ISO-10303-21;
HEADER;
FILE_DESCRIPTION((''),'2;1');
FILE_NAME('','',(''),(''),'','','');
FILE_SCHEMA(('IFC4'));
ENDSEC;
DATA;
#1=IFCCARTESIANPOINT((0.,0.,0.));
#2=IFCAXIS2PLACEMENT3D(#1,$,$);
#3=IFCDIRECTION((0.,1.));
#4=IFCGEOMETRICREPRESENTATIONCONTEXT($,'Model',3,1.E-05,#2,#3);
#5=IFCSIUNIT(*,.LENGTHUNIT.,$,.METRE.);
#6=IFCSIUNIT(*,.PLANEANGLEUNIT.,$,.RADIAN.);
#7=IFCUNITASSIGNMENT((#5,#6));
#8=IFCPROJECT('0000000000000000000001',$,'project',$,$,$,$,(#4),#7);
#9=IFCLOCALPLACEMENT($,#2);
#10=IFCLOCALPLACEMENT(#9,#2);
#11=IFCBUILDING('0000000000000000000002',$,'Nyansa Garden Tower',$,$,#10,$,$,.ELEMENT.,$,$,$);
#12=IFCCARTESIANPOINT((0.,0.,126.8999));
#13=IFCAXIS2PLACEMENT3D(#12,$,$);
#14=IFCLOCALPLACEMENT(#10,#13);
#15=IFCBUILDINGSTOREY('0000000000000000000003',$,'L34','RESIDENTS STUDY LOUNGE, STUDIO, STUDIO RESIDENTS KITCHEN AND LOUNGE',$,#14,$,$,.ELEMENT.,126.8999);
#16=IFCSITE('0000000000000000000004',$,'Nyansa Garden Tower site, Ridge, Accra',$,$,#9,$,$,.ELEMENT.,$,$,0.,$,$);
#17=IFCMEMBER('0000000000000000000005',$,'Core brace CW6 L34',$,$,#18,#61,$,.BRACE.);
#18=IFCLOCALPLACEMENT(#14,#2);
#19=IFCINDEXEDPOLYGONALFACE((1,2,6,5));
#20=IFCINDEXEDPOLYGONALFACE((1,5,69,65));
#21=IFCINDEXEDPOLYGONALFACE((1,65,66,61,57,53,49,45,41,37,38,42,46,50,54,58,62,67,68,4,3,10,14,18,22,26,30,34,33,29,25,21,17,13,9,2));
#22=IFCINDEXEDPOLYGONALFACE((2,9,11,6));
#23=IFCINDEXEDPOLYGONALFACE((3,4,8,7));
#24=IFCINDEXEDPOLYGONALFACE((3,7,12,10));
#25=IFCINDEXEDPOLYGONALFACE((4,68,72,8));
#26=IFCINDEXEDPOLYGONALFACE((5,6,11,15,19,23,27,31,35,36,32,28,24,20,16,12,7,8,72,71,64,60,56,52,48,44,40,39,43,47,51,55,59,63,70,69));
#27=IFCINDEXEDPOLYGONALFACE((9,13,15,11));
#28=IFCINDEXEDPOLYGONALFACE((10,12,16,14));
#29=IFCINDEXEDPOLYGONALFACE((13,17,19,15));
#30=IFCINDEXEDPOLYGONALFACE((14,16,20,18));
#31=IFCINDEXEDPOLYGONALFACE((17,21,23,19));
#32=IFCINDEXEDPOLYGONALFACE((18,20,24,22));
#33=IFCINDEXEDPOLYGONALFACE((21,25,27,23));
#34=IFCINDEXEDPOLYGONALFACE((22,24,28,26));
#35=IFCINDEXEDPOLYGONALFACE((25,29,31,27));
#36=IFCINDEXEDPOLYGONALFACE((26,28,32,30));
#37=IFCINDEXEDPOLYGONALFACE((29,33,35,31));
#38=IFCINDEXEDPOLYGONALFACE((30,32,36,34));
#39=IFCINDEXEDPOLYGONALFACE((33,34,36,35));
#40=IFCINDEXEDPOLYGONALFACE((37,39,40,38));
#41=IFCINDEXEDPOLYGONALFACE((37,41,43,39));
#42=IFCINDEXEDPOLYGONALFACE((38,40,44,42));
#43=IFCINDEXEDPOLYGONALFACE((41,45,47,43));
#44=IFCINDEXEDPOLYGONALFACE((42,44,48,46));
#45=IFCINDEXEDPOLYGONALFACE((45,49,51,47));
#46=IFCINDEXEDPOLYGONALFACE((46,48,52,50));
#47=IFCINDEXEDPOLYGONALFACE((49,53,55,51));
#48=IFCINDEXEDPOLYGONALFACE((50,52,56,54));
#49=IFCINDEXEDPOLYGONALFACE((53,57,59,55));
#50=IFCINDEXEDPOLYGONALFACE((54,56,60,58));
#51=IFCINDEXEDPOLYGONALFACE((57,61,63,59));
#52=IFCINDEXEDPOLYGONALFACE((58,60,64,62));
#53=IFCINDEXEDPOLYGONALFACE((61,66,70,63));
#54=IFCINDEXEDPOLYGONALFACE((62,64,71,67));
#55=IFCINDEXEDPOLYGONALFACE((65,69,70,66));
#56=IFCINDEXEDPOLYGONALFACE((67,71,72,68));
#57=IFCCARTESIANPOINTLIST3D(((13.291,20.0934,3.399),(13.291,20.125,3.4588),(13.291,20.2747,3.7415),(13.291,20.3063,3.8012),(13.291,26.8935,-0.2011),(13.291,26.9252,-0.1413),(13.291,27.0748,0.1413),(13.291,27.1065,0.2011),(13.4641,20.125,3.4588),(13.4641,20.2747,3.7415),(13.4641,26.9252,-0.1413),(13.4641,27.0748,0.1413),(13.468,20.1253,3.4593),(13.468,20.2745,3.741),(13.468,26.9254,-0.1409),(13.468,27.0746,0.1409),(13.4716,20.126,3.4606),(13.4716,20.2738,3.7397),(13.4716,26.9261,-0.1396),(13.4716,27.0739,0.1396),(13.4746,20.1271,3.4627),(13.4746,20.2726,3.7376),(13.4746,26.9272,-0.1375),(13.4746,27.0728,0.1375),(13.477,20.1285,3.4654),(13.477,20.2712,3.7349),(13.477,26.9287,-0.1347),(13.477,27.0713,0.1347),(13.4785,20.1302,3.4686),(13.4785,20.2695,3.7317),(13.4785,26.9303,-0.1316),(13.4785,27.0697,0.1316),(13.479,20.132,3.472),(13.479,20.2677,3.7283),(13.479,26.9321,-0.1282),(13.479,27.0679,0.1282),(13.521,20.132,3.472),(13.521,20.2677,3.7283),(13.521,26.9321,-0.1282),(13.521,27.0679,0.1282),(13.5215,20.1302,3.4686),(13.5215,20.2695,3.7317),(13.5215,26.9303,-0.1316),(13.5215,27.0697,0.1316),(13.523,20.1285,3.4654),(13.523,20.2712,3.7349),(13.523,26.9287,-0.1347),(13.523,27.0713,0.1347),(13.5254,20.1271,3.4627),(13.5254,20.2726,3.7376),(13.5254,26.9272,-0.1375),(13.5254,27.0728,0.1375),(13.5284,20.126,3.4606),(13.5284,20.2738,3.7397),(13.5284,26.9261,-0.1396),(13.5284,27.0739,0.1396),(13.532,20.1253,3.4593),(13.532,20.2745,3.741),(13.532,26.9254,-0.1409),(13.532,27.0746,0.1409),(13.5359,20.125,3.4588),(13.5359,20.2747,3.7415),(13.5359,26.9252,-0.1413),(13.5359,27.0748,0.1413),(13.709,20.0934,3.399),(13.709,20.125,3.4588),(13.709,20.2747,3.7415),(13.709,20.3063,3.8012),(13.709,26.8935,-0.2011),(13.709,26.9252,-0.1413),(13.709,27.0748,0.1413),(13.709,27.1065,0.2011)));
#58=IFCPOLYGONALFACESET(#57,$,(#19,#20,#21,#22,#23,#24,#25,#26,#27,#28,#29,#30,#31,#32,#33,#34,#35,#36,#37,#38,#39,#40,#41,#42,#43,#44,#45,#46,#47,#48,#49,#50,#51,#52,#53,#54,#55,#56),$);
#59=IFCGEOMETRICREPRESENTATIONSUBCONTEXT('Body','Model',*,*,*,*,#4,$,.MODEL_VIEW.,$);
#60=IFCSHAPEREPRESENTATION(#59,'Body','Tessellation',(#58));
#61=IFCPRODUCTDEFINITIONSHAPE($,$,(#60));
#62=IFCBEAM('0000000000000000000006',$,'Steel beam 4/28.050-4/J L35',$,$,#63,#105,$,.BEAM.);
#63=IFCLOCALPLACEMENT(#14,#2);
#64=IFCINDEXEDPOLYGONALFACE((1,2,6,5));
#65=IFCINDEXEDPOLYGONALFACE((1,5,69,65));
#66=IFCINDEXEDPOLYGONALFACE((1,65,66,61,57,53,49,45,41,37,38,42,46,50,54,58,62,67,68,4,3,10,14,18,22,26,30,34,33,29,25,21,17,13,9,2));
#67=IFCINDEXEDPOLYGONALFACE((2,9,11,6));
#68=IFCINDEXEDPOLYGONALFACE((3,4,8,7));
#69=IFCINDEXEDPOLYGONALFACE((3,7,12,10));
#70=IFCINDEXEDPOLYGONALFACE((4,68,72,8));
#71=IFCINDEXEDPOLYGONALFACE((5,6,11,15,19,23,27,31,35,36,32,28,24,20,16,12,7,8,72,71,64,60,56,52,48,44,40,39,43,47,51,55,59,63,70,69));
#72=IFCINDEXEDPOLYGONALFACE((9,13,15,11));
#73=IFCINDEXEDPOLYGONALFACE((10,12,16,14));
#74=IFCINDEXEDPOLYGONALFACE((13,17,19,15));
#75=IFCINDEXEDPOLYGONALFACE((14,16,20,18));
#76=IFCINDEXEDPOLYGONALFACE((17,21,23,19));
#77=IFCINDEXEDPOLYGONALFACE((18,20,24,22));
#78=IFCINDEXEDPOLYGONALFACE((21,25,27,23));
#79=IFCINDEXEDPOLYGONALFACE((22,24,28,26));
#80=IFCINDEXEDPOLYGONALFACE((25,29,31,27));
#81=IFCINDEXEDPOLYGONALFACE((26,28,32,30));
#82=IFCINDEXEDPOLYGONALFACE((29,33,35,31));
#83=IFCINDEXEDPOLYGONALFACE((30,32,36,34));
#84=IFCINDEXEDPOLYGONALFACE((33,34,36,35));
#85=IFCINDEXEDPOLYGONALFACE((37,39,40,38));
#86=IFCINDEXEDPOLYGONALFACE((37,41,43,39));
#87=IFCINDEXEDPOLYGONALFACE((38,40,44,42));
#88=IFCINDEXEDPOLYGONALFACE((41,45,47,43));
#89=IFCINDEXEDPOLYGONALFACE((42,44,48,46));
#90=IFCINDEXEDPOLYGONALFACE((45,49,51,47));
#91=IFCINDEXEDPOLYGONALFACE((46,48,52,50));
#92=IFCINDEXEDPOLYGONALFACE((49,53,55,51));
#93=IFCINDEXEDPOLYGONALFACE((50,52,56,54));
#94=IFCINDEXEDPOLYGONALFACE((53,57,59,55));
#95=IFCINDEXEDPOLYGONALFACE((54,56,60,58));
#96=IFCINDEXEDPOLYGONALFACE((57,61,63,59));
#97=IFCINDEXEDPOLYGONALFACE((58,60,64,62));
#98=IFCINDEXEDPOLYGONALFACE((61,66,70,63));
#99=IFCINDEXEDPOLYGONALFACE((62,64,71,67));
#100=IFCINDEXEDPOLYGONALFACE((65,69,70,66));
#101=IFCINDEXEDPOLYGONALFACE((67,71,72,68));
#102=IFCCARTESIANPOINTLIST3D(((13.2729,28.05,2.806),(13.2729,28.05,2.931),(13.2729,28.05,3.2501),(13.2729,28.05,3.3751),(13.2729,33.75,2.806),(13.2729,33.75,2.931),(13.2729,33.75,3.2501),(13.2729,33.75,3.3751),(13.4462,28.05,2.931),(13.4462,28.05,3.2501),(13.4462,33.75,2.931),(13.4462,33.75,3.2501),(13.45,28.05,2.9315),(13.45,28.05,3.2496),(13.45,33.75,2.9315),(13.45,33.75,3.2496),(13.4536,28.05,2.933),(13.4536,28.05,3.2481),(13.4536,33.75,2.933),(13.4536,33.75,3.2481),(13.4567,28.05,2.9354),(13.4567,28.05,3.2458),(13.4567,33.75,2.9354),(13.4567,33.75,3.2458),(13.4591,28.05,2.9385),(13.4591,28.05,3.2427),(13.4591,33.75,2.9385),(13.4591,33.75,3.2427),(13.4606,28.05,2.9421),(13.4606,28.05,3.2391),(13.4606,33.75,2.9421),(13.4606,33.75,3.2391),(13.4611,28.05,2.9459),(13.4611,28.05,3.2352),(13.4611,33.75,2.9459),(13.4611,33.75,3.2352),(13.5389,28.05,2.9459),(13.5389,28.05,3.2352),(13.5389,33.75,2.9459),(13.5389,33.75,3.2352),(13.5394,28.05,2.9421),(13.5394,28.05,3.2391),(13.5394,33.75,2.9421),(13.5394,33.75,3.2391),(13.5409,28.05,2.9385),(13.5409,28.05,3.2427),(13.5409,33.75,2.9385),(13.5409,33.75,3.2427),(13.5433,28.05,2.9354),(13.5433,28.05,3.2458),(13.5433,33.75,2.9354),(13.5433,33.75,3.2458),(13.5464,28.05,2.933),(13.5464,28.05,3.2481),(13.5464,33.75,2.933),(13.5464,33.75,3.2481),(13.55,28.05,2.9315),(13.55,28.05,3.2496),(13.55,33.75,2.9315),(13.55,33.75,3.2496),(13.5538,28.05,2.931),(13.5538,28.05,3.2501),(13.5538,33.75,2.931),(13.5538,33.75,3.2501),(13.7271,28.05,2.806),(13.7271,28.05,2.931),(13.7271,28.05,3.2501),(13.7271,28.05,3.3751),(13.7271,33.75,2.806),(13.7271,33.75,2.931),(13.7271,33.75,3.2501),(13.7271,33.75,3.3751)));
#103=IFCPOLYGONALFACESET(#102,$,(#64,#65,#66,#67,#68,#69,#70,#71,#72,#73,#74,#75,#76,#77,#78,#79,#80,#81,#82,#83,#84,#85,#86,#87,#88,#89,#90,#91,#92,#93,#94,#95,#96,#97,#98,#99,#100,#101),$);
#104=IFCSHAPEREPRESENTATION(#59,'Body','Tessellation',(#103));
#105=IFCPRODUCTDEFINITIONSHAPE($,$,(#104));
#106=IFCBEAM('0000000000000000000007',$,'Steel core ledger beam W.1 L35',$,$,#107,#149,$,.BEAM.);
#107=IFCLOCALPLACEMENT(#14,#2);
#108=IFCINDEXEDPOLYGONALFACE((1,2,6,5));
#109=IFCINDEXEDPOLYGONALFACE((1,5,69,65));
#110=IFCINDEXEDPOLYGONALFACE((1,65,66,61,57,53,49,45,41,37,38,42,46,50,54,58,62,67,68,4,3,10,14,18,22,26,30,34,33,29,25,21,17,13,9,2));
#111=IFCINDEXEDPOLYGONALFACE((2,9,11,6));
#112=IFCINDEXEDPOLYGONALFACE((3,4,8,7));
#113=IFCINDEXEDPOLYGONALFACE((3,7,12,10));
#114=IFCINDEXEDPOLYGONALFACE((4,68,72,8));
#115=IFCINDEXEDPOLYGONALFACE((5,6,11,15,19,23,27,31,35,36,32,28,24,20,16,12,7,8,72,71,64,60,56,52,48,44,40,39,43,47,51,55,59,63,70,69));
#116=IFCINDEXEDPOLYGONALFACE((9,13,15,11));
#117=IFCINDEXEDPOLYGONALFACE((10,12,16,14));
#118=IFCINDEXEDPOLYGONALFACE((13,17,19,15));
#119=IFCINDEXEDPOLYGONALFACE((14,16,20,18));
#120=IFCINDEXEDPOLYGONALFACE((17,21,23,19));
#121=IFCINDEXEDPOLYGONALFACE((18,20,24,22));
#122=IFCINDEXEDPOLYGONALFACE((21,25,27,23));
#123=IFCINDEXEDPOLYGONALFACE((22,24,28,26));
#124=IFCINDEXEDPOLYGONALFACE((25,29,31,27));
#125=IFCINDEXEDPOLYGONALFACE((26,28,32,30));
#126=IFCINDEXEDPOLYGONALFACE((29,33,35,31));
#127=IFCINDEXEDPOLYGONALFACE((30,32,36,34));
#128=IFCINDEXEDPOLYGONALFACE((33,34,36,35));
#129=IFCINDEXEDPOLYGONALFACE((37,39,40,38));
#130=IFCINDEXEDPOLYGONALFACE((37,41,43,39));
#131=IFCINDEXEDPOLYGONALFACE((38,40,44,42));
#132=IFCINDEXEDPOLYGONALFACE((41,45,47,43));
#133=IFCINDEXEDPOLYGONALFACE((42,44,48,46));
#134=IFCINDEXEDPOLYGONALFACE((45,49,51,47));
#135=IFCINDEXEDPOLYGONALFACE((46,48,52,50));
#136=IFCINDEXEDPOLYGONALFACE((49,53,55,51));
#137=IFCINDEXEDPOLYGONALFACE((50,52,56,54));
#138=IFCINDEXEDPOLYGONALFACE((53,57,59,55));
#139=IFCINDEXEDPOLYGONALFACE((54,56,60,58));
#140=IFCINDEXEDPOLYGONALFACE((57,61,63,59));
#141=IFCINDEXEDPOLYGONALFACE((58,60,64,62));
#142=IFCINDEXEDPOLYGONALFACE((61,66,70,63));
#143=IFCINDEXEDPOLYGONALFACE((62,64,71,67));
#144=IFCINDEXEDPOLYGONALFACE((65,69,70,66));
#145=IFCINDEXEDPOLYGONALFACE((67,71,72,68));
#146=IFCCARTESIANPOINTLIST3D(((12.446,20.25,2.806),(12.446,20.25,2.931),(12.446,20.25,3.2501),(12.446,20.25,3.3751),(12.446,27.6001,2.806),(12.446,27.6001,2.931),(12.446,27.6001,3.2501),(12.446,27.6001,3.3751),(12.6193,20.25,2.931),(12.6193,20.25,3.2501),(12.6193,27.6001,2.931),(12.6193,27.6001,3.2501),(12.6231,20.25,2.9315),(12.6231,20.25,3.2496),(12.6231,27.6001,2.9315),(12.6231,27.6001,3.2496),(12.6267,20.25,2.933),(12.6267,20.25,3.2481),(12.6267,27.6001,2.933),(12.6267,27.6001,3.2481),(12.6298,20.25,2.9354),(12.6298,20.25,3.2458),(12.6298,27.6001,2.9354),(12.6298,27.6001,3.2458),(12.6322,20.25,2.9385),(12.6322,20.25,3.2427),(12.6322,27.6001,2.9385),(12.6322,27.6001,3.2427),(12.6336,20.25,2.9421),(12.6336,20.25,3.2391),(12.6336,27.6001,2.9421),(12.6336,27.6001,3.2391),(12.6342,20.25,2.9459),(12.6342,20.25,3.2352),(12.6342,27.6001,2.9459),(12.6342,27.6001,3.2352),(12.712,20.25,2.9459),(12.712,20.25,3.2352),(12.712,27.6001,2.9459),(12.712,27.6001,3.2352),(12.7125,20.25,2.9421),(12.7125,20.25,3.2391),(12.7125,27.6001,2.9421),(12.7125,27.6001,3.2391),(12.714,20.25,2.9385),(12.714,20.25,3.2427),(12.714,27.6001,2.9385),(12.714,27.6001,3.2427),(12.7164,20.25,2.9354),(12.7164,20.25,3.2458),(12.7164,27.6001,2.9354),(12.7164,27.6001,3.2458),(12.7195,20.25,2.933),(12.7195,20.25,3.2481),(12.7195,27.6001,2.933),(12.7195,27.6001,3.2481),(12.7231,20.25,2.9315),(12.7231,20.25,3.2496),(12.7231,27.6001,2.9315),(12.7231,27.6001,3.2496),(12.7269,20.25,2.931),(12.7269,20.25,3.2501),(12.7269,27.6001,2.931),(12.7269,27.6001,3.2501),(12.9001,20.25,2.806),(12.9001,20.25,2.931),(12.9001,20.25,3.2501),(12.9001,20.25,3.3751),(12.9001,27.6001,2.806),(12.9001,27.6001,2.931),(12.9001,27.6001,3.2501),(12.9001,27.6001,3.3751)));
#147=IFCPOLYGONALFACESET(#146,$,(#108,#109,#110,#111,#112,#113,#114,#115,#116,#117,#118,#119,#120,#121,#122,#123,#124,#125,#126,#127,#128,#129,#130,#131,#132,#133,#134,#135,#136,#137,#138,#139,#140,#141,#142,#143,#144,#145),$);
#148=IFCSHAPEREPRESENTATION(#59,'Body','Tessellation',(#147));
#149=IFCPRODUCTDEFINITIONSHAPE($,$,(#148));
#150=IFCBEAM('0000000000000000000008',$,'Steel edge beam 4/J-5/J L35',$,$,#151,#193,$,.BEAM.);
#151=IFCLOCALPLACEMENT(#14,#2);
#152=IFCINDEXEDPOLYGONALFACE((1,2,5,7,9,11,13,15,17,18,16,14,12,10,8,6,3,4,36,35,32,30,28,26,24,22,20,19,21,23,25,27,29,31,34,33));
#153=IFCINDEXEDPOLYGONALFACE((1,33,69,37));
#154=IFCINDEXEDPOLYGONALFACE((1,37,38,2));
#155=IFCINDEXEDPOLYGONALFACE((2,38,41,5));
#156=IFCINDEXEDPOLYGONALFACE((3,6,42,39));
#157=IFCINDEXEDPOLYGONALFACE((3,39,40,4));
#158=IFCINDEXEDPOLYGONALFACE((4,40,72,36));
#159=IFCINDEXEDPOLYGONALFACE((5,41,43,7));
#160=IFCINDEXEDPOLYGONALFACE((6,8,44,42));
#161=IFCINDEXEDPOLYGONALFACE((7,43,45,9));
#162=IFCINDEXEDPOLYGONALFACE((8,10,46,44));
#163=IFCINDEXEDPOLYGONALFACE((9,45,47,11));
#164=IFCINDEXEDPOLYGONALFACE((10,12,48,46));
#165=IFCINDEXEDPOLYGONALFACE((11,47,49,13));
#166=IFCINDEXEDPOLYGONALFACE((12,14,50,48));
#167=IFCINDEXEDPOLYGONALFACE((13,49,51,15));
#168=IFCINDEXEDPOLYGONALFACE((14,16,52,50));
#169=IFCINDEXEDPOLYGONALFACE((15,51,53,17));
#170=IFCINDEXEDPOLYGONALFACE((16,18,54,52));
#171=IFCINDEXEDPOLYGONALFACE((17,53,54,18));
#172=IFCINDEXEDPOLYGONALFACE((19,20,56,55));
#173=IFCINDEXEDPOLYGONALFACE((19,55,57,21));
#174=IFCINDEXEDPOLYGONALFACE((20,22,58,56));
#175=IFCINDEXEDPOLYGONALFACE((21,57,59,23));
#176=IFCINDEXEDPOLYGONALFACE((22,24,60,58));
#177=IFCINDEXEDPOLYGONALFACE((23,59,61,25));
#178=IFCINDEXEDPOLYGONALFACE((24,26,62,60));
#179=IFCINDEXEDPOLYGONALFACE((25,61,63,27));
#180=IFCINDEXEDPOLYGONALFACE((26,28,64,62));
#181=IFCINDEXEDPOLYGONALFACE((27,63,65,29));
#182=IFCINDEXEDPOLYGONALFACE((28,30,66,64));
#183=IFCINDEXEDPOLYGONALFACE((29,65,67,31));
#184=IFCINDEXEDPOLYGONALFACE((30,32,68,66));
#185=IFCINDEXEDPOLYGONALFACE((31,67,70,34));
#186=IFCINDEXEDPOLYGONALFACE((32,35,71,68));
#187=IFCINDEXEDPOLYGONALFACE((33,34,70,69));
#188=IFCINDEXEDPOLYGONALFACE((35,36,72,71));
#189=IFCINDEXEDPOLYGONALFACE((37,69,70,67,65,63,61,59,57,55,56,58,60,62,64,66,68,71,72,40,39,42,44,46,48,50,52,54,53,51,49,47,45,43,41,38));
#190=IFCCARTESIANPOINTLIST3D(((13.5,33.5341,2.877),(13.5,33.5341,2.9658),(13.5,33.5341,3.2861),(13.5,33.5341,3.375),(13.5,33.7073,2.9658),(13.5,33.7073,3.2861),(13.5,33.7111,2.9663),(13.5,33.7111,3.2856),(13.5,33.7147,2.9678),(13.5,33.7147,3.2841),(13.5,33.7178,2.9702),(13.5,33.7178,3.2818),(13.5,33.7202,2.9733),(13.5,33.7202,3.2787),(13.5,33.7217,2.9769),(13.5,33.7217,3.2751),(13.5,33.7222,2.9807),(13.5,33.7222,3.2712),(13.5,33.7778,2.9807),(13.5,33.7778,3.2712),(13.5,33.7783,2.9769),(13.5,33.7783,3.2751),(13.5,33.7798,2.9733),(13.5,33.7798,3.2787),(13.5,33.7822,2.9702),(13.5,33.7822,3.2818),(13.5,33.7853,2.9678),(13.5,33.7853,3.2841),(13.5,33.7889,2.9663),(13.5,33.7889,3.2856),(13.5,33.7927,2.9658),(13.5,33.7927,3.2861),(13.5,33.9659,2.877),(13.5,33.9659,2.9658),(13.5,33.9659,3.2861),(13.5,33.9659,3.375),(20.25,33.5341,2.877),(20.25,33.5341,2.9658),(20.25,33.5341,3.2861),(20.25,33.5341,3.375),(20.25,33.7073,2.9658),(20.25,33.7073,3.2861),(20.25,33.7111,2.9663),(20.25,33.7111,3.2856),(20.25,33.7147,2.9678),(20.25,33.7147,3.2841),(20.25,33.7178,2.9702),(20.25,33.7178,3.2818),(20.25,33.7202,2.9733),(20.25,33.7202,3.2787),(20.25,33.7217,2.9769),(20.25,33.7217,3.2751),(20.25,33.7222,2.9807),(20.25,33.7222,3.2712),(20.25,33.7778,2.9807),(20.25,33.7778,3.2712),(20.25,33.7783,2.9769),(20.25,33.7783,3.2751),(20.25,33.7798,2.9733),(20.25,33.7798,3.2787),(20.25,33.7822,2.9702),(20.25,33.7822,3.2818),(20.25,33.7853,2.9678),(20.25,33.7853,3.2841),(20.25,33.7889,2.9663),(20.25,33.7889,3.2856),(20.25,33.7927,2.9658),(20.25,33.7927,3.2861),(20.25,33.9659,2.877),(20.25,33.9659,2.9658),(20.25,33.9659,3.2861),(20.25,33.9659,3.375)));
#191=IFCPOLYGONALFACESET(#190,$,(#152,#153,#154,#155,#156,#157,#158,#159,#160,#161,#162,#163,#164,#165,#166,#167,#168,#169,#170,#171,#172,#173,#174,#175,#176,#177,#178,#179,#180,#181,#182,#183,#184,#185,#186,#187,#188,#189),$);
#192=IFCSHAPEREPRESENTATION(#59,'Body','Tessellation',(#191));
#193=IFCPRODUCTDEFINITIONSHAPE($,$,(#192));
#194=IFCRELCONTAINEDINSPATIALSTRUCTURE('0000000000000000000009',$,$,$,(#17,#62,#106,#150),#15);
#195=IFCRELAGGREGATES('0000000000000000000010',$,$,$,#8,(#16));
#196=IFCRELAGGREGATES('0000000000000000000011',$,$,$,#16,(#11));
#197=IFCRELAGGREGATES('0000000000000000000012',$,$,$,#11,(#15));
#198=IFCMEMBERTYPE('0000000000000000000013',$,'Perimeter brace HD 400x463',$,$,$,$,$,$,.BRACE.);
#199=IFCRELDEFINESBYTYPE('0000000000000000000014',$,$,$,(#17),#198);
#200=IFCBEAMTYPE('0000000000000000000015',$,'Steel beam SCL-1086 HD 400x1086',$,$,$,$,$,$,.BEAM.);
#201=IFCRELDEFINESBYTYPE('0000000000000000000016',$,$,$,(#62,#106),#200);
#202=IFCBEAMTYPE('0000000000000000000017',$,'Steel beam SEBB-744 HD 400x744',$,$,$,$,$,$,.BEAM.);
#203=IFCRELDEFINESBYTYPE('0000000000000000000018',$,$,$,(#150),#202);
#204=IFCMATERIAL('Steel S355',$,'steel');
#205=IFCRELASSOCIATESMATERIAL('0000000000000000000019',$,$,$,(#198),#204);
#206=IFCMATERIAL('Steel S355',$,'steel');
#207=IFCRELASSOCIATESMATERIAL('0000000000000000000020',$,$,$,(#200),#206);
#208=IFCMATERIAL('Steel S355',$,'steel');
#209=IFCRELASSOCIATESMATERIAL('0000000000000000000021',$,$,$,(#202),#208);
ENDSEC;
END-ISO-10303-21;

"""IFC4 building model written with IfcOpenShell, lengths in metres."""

from ifc_helpers import new_model, si_unit, direction, frame, origin, origin_2d, place, context, subcontext, project, spatial, i_section, extrude, material, material_profile, profile_set, type_object, element, save


model = new_model("IFC4")

# Units and contexts
model_context = context("Model", 3, precision=1e-05, world=origin(), true_north=direction((0.0, 1.0)))
body_context = subcontext(model_context, "Body", "Model", "MODEL_VIEW")
ifc_project = project(units=[si_unit("LENGTHUNIT", "METRE"), si_unit("PLANEANGLEUNIT", "RADIAN")], contexts=[model_context])

# Site, building, storey
site_placement = place(None, origin())
site = spatial("IfcSite", under=ifc_project, at=site_placement, Name="Nyansa Garden Tower site, Ridge, Accra", CompositionType="ELEMENT", RefElevation=0.0)
building_placement = place(site_placement, origin())
building = spatial("IfcBuilding", under=site, at=building_placement, Name="Nyansa Garden Tower", CompositionType="ELEMENT")
storey_placement = place(building_placement, frame((0.0, 0.0, 126.8999)))
storey = spatial("IfcBuildingStorey", under=building, at=storey_placement, Name="L34", Description="RESIDENTS STUDY LOUNGE, STUDIO, STUDIO RESIDENTS KITCHEN AND LOUNGE", CompositionType="ELEMENT", Elevation=126.8999)

# Member
ifc_material_1 = material(Name="Steel S355", Category="steel")
ifc_material_profile_1 = material_profile(ifc_material_1, i_section(OverallWidth=0.418, OverallDepth=0.4551, WebThickness=0.042, FlangeThickness=0.0676, FilletRadius=0.0149, at=origin_2d()), Name="HD 400x463")
ifc_profile_set_1 = profile_set([ifc_material_profile_1], Name="Steel S355")
member_type_1 = type_object("IfcMemberType", Name="Perimeter brace HD 400x463", PredefinedType="BRACE", material=ifc_profile_set_1)
member_1_placement = place(storey_placement, frame((13.5, 27.0, 0.0), z_axis=(0.0, -0.883784, 0.467895), x_axis=(1.0, 0.0, 0.0)))
element("IfcMember", 1, at=member_1_placement, inside=storey, type_object=member_type_1, Name="Core brace CW6 L34", PredefinedType="BRACE", context=body_context, shape_type="SweptSolid", body=[
    extrude(i_section(OverallWidth=0.418, OverallDepth=0.4551, WebThickness=0.042, FlangeThickness=0.0676, FilletRadius=0.0149, at=origin_2d()), origin(), (0.0, 0.0, 1.0), 7.6943),
])

# Beams
ifc_material_2 = material(Name="Steel S355", Category="steel")
ifc_material_profile_2 = material_profile(ifc_material_2, i_section(OverallWidth=0.4541, OverallDepth=0.5691, WebThickness=0.0779, FlangeThickness=0.125, FilletRadius=0.0149, at=origin_2d()), Name="HD 400x1086")
ifc_profile_set_2 = profile_set([ifc_material_profile_2], Name="Steel S355")
beam_type_1 = type_object("IfcBeamType", Name="Steel beam SCL-1086 HD 400x1086", PredefinedType="BEAM", material=ifc_profile_set_2)
beam_1_placement = place(storey_placement, frame((13.5, 28.05, 3.0906), z_axis=(0.0, 1.0, 0.0), x_axis=(-1.0, 0.0, 0.0)))
element("IfcBeam", 2, at=beam_1_placement, inside=storey, type_object=beam_type_1, Name="Steel beam 4/28.050-4/J L35", PredefinedType="BEAM", context=body_context, shape_type="SweptSolid", body=[
    extrude(i_section(OverallWidth=0.4541, OverallDepth=0.5691, WebThickness=0.0779, FlangeThickness=0.125, FilletRadius=0.0149, at=origin_2d()), origin(), (0.0, 0.0, 1.0), 5.7),
])
beam_2_placement = place(storey_placement, frame((12.6731, 27.6001, 3.0906), z_axis=(0.0, -1.0, 0.0), x_axis=(1.0, 0.0, 0.0)))
element("IfcBeam", 3, at=beam_2_placement, inside=storey, type_object=beam_type_1, Name="Steel core ledger beam W.1 L35", PredefinedType="BEAM", context=body_context, shape_type="SweptSolid", body=[
    extrude(i_section(OverallWidth=0.4541, OverallDepth=0.5691, WebThickness=0.0779, FlangeThickness=0.125, FilletRadius=0.0149, at=origin_2d()), origin(), (0.0, 0.0, 1.0), 7.3501),
])
ifc_material_3 = material(Name="Steel S355", Category="steel")
ifc_material_profile_3 = material_profile(ifc_material_3, i_section(OverallWidth=0.4319, OverallDepth=0.498, WebThickness=0.0557, FlangeThickness=0.0889, FilletRadius=0.0149, at=origin_2d()), Name="HD 400x744")
ifc_profile_set_3 = profile_set([ifc_material_profile_3], Name="Steel S355")
beam_type_2 = type_object("IfcBeamType", Name="Steel beam SEBB-744 HD 400x744", PredefinedType="BEAM", material=ifc_profile_set_3)
beam_3_placement = place(storey_placement, frame((13.5, 33.75, 3.126), z_axis=(1.0, 0.0, 0.0), x_axis=(0.0, 1.0, 0.0)))
element("IfcBeam", 4, at=beam_3_placement, inside=storey, type_object=beam_type_2, Name="Steel edge beam 4/J-5/J L35", PredefinedType="BEAM", context=body_context, shape_type="SweptSolid", body=[
    extrude(i_section(OverallWidth=0.4319, OverallDepth=0.498, WebThickness=0.0557, FlangeThickness=0.0889, FilletRadius=0.0149, at=origin_2d()), origin(), (0.0, 0.0, 1.0), 6.75),
])

save(model, "model.ifc")
